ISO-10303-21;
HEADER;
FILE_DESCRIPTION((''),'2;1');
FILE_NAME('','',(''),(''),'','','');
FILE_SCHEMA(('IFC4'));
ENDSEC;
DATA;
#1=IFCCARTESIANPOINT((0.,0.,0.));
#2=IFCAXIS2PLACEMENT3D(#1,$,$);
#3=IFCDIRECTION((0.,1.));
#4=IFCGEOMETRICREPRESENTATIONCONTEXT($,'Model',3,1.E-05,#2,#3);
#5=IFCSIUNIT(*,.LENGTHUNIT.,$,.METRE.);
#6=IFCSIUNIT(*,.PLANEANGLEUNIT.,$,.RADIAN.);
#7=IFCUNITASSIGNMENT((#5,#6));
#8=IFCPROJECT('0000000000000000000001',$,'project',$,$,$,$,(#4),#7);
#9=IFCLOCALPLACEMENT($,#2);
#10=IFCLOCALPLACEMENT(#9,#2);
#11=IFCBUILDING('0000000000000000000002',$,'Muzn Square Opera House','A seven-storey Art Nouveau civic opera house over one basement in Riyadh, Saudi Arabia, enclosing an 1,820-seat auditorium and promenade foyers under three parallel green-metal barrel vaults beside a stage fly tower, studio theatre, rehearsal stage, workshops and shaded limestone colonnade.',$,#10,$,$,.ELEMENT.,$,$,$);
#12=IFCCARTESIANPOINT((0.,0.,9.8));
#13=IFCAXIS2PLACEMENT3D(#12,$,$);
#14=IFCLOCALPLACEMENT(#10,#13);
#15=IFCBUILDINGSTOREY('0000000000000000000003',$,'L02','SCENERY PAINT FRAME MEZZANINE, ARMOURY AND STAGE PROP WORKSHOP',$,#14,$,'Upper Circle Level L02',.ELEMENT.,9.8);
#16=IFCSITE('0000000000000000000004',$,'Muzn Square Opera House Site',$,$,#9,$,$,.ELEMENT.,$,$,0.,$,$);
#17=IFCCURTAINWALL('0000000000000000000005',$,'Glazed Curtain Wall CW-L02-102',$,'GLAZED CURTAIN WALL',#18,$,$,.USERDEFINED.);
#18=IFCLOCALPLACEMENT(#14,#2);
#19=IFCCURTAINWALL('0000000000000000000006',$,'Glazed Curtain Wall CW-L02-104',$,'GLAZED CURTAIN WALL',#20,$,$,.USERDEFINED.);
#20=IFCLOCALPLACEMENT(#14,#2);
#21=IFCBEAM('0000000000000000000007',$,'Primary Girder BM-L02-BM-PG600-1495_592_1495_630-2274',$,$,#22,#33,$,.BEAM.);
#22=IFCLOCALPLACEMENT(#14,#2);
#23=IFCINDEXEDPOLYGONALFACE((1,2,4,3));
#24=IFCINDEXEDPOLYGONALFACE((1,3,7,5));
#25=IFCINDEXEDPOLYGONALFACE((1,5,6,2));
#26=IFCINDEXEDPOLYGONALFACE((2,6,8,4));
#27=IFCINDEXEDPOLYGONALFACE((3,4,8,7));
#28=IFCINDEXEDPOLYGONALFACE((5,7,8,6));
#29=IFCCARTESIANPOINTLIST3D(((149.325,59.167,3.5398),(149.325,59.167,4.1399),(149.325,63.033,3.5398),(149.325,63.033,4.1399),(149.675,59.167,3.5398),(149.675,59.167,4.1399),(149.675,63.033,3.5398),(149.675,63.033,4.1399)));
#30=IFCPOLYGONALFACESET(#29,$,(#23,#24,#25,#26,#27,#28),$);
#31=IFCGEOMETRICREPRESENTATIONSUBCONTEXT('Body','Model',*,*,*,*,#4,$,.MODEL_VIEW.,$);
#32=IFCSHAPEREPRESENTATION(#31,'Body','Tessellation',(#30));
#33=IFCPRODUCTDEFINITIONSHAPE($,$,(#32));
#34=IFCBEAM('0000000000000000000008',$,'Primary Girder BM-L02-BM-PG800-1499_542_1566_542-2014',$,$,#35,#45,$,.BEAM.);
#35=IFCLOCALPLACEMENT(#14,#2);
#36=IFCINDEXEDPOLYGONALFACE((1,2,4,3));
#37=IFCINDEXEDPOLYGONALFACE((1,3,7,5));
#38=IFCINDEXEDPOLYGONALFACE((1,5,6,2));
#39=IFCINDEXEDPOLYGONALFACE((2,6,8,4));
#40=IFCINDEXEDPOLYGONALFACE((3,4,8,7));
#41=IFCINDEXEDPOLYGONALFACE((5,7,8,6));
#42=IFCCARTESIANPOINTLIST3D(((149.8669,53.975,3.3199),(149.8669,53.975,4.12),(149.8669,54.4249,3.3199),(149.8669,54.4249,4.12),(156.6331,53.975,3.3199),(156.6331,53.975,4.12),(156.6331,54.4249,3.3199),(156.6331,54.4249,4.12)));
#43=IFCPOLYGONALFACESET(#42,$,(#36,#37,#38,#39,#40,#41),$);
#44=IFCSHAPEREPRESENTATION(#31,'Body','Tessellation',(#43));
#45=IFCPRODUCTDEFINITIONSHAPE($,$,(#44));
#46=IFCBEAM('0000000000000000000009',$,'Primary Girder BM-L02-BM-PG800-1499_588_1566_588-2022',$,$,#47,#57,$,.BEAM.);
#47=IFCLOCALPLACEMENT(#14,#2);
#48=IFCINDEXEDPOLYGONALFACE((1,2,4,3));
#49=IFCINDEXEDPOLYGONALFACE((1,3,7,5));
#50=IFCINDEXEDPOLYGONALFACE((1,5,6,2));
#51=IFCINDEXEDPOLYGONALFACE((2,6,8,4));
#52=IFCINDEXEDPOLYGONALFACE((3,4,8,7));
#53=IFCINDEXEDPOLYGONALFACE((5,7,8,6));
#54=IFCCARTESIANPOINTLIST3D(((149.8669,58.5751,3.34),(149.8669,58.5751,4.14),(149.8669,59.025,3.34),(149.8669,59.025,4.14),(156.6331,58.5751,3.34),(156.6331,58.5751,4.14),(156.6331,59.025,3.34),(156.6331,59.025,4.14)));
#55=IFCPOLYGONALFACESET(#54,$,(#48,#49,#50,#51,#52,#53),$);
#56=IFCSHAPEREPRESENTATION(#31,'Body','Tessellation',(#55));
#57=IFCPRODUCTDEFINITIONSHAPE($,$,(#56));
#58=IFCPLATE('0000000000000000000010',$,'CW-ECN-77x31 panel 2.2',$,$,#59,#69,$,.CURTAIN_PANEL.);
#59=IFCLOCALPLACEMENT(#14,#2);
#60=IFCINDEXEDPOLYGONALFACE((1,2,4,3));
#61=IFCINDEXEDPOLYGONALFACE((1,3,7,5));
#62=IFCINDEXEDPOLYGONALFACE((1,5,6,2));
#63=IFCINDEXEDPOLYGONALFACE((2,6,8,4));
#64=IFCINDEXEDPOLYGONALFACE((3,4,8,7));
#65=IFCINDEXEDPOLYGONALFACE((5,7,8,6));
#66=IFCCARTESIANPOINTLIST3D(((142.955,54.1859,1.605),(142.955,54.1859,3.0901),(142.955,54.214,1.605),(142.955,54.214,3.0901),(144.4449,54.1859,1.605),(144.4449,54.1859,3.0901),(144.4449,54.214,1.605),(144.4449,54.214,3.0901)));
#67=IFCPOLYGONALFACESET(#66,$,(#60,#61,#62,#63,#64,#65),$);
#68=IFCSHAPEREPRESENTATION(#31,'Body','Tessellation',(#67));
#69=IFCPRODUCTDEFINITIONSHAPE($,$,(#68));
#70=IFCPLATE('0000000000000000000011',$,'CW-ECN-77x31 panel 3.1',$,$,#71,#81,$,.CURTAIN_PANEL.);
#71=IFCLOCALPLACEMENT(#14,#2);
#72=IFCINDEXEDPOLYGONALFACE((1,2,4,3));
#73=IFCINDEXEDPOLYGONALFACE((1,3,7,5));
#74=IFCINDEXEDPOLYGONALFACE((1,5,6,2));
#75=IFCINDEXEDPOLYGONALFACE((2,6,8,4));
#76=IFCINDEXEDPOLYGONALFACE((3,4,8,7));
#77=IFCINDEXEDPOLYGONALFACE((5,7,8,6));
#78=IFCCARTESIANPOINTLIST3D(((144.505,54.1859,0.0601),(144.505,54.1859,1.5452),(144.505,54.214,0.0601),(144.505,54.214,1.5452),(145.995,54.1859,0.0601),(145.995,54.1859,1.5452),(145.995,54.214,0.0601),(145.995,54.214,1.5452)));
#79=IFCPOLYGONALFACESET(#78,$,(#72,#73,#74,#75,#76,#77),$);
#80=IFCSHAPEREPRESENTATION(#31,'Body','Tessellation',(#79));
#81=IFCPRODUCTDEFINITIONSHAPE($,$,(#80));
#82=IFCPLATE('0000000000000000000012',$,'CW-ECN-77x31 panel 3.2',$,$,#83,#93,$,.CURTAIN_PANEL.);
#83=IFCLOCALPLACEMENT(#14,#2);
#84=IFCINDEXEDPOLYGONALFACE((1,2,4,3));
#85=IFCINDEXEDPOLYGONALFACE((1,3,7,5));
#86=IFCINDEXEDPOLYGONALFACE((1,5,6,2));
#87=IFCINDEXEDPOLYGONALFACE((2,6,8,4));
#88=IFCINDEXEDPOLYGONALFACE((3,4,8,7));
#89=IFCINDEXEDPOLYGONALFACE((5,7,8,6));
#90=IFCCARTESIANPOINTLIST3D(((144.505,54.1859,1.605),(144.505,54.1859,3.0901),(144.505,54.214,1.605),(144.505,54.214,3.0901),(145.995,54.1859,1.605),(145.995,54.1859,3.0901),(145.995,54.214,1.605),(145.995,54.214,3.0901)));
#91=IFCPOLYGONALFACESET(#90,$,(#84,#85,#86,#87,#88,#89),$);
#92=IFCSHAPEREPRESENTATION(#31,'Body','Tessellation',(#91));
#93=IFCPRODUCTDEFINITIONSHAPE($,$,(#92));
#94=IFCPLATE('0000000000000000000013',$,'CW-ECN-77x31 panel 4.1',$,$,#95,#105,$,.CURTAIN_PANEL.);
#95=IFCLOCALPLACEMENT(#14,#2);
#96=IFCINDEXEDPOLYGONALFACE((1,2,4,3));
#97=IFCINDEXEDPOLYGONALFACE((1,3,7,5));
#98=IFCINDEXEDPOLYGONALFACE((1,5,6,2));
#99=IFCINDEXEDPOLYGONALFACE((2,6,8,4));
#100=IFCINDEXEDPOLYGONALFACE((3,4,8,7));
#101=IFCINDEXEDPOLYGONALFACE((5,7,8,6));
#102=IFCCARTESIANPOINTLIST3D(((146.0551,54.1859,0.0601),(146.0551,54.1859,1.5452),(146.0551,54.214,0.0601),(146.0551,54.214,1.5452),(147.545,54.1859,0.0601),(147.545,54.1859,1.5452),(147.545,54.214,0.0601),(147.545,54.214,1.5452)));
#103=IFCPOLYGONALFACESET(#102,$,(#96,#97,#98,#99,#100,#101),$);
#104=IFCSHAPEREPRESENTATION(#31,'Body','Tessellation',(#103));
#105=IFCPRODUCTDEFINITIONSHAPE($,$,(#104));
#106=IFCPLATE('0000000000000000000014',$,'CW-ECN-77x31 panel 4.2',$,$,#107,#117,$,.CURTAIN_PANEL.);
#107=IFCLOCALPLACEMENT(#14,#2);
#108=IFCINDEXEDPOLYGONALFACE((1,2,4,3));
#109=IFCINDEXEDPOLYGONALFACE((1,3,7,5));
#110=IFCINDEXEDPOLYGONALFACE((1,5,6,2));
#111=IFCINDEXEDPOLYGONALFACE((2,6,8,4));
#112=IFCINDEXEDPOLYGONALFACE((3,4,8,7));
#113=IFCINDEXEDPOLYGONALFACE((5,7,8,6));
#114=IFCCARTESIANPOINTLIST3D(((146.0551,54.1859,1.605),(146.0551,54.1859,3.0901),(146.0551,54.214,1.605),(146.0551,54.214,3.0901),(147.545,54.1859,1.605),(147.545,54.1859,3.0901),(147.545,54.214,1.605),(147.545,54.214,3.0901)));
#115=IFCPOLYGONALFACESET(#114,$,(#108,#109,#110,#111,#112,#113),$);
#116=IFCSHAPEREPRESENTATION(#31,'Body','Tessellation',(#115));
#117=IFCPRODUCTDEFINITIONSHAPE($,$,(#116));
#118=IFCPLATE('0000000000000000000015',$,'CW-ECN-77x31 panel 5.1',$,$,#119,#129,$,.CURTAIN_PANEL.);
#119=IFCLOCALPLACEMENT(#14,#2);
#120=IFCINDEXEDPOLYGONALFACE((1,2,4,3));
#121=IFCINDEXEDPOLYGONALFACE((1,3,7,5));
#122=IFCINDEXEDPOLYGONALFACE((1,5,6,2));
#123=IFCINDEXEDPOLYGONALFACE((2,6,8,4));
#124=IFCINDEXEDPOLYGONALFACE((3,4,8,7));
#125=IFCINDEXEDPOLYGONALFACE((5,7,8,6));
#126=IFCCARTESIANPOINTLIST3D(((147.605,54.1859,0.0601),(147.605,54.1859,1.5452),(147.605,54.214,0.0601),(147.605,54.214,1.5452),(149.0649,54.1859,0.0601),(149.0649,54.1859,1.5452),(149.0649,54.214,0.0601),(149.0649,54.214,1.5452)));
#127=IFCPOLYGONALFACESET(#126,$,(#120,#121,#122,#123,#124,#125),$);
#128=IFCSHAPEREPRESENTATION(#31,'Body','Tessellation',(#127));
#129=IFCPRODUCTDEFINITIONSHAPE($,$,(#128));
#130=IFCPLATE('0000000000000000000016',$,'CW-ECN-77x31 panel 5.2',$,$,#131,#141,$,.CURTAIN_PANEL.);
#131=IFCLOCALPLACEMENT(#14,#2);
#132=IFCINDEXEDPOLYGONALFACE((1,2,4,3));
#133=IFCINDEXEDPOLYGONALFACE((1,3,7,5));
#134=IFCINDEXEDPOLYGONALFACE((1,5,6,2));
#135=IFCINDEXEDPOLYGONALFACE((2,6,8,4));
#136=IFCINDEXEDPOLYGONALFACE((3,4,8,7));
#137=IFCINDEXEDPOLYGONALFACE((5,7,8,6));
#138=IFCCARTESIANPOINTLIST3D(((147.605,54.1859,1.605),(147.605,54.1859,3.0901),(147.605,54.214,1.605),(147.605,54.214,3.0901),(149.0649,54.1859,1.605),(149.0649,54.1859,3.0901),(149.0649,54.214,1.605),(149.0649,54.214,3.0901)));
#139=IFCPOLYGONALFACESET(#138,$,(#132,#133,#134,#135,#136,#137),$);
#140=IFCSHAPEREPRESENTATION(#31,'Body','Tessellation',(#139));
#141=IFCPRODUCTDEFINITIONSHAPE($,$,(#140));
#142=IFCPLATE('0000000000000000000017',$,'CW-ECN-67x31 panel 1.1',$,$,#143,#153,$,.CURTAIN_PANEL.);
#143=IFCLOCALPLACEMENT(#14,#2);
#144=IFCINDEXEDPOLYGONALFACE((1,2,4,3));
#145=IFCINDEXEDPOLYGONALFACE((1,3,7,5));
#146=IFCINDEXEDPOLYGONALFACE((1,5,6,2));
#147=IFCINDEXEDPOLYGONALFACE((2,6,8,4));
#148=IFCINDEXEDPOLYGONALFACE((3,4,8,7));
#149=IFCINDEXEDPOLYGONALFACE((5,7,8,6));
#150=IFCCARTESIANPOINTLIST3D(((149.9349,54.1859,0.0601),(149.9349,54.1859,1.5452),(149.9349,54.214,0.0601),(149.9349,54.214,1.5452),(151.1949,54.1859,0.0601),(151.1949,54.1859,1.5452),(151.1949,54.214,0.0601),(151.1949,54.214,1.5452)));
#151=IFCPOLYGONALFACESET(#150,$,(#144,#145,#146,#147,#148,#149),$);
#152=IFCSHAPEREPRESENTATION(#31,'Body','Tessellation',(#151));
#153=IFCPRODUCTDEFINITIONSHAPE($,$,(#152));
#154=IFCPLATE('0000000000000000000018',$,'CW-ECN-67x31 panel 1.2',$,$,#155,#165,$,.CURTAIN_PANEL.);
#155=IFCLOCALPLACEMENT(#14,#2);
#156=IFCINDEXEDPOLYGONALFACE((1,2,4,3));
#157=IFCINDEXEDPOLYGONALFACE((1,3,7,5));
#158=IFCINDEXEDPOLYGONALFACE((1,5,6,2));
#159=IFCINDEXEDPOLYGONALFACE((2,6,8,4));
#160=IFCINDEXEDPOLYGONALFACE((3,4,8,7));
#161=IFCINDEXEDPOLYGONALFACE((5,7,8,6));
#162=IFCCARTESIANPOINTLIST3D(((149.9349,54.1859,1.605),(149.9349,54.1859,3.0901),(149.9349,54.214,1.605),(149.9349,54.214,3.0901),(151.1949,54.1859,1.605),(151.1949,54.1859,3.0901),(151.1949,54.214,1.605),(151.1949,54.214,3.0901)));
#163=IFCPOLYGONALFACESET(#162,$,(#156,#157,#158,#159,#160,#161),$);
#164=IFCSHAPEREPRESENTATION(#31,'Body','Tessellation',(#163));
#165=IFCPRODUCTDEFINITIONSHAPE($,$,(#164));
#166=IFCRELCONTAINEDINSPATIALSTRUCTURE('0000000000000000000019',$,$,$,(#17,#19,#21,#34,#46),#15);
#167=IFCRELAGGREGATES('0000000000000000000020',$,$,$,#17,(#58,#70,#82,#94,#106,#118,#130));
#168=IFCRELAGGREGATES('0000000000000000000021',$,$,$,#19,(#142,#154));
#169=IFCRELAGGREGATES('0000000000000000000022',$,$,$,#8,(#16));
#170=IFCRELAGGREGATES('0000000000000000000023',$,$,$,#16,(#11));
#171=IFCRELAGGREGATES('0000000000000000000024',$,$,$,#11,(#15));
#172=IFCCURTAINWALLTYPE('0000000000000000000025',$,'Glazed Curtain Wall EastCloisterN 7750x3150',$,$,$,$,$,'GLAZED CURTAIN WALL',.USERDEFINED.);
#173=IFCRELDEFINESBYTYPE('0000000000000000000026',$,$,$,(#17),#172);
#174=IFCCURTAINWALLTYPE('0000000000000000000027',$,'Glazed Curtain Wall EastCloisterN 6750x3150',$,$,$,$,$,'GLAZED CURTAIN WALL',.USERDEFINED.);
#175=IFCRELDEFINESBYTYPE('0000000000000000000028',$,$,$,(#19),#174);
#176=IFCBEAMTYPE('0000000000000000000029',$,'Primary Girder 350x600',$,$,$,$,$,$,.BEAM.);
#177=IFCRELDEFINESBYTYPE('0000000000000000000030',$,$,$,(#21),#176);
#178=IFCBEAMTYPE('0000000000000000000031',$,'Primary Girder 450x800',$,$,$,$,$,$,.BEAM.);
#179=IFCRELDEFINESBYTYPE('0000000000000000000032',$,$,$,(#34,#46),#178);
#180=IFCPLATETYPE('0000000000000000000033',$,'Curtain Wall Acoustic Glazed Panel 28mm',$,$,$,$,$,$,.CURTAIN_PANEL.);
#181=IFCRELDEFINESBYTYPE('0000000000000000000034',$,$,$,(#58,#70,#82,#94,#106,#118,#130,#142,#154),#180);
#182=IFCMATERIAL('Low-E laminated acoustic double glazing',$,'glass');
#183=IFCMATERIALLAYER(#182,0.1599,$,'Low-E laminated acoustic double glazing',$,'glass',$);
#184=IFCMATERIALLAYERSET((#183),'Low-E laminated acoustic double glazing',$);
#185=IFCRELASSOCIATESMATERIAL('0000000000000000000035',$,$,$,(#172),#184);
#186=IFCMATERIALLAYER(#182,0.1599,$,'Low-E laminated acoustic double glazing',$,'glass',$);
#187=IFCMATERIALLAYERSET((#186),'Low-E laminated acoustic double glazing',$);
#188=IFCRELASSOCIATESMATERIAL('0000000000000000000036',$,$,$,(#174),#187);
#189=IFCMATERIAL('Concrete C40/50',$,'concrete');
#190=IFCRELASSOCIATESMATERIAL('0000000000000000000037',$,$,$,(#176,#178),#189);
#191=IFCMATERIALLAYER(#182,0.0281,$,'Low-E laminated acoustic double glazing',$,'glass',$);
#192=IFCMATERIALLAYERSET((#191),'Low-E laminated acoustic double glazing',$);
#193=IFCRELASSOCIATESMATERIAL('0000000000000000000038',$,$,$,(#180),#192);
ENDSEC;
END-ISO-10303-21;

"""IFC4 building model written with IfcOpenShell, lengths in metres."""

from ifc_helpers import new_model, si_unit, direction, frame, origin, origin_2d, place, context, subcontext, project, spatial, rectangle, extrude, material, layer, layer_set, material_profile, profile_set, type_object, element, aggregate, save


model = new_model("IFC4")

# Units and contexts
model_context = context("Model", 3, precision=1e-05, world=origin(), true_north=direction((0.0, 1.0)))
body_context = subcontext(model_context, "Body", "Model", "MODEL_VIEW")
ifc_project = project(units=[si_unit("LENGTHUNIT", "METRE"), si_unit("PLANEANGLEUNIT", "RADIAN")], contexts=[model_context])

# Site, building, storey
site_placement = place(None, origin())
site = spatial("IfcSite", under=ifc_project, at=site_placement, Name="Muzn Square Opera House Site", CompositionType="ELEMENT", RefElevation=0.0)
building_placement = place(site_placement, origin())
building = spatial("IfcBuilding", under=site, at=building_placement, Name="Muzn Square Opera House", Description="A seven-storey Art Nouveau civic opera house over one basement in Riyadh, Saudi Arabia, enclosing an 1,820-seat auditorium and promenade foyers under three parallel green-metal barrel vaults beside a stage fly tower, studio theatre, rehearsal stage, workshops and shaded limestone colonnade.", CompositionType="ELEMENT")
storey_placement = place(building_placement, frame((0.0, 0.0, 9.8)))
storey = spatial("IfcBuildingStorey", under=building, at=storey_placement, Name="L02", Description="SCENERY PAINT FRAME MEZZANINE, ARMOURY AND STAGE PROP WORKSHOP", LongName="Upper Circle Level L02", CompositionType="ELEMENT", Elevation=9.8)

# Curtain walls
ifc_material_1 = material(Name="Low-E laminated acoustic double glazing", Category="glass")
ifc_layer_1 = layer(ifc_material_1, 0.1599, Name="Low-E laminated acoustic double glazing", Category="glass")
ifc_layer_set_1 = layer_set([ifc_layer_1], Name="Low-E laminated acoustic double glazing")
curtain_wall_type_1 = type_object("IfcCurtainWallType", Name="Glazed Curtain Wall EastCloisterN 7750x3150", ElementType="GLAZED CURTAIN WALL", PredefinedType="USERDEFINED", material=ifc_layer_set_1)
curtain_wall_1_placement = place(storey_placement, origin())
curtain_wall_1 = element("IfcCurtainWall", 1, at=curtain_wall_1_placement, inside=storey, type_object=curtain_wall_type_1, Name="Glazed Curtain Wall CW-L02-102", ObjectType="GLAZED CURTAIN WALL", PredefinedType="USERDEFINED")
ifc_layer_2 = layer(ifc_material_1, 0.1599, Name="Low-E laminated acoustic double glazing", Category="glass")
ifc_layer_set_2 = layer_set([ifc_layer_2], Name="Low-E laminated acoustic double glazing")
curtain_wall_type_2 = type_object("IfcCurtainWallType", Name="Glazed Curtain Wall EastCloisterN 6750x3150", ElementType="GLAZED CURTAIN WALL", PredefinedType="USERDEFINED", material=ifc_layer_set_2)
curtain_wall_2_placement = place(storey_placement, origin())
curtain_wall_2 = element("IfcCurtainWall", 2, at=curtain_wall_2_placement, inside=storey, type_object=curtain_wall_type_2, Name="Glazed Curtain Wall CW-L02-104", ObjectType="GLAZED CURTAIN WALL", PredefinedType="USERDEFINED")

# Beams
ifc_material_2 = material(Name="Concrete C40/50", Category="concrete")
ifc_material_profile_1 = material_profile(ifc_material_2, rectangle(XDim=0.3501, YDim=0.6001, at=origin_2d()), Name="RCB 350x600", Category="concrete")
ifc_profile_set_1 = profile_set([ifc_material_profile_1], Name="Concrete C40/50")
beam_type_1 = type_object("IfcBeamType", Name="Primary Girder 350x600", PredefinedType="BEAM", material=ifc_profile_set_1)
beam_1_placement = place(storey_placement, frame((149.5, 59.167, 3.8398), z_axis=(0.0, 1.0, 0.0), x_axis=(-1.0, 0.0, 0.0)))
element("IfcBeam", 3, at=beam_1_placement, inside=storey, type_object=beam_type_1, Name="Primary Girder BM-L02-BM-PG600-1495_592_1495_630-2274", PredefinedType="BEAM", context=body_context, shape_type="SweptSolid", body=[
    extrude(rectangle(XDim=0.3501, YDim=0.6001, at=origin_2d()), origin(), (0.0, 0.0, 1.0), 3.866),
])
ifc_material_profile_2 = material_profile(ifc_material_2, rectangle(XDim=0.45, YDim=0.8, at=origin_2d()), Name="RCB 450x800", Category="concrete")
ifc_profile_set_2 = profile_set([ifc_material_profile_2], Name="Concrete C40/50")
beam_type_2 = type_object("IfcBeamType", Name="Primary Girder 450x800", PredefinedType="BEAM", material=ifc_profile_set_2)
for number, where, z_axis, x_axis, name in (
    (4, (149.8669, 54.2, 3.72), (1.0, 0.0, 0.0), (0.0, 1.0, 0.0), "Primary Girder BM-L02-BM-PG800-1499_542_1566_542-2014"),
    (5, (149.8669, 58.8, 3.74), (1.0, 0.0, 0.0), (0.0, 1.0, 0.0), "Primary Girder BM-L02-BM-PG800-1499_588_1566_588-2022"),
):
    element("IfcBeam", number, at=place(storey_placement, frame(where, z_axis=z_axis, x_axis=x_axis)), inside=storey, type_object=beam_type_2, Name=name, PredefinedType="BEAM", context=body_context, shape_type="SweptSolid", body=[
        extrude(rectangle(XDim=0.45, YDim=0.8, at=origin_2d()), origin(), (0.0, 0.0, 1.0), 6.7661),
    ])

# Plates
ifc_layer_3 = layer(ifc_material_1, 0.0281, Name="Low-E laminated acoustic double glazing", Category="glass")
ifc_layer_set_3 = layer_set([ifc_layer_3], Name="Low-E laminated acoustic double glazing")
plate_type = type_object("IfcPlateType", Name="Curtain Wall Acoustic Glazed Panel 28mm", PredefinedType="CURTAIN_PANEL", material=ifc_layer_set_3)
plate_1_placement = place(storey_placement, frame((143.7, 54.2, 1.605), z_axis=(0.0, 0.0, 1.0), x_axis=(1.0, 0.0, 0.0)))
plate_1 = element("IfcPlate", 6, at=plate_1_placement, type_object=plate_type, Name="CW-ECN-77x31 panel 2.2", PredefinedType="CURTAIN_PANEL", context=body_context, shape_type="SweptSolid", body=[
    extrude(rectangle(XDim=1.49, YDim=0.0281, at=origin_2d()), origin(), (0.0, 0.0, 1.0), 1.4851),
])
plate_2_placement = place(storey_placement, frame((145.25, 54.2, 0.0601), z_axis=(0.0, 0.0, 1.0), x_axis=(1.0, 0.0, 0.0)))
plate_2 = element("IfcPlate", 7, at=plate_2_placement, type_object=plate_type, Name="CW-ECN-77x31 panel 3.1", PredefinedType="CURTAIN_PANEL", context=body_context, shape_type="SweptSolid", body=[
    extrude(rectangle(XDim=1.49, YDim=0.0281, at=origin_2d()), origin(), (0.0, 0.0, 1.0), 1.4851),
])
plate_3_placement = place(storey_placement, frame((145.25, 54.2, 1.605), z_axis=(0.0, 0.0, 1.0), x_axis=(1.0, 0.0, 0.0)))
plate_3 = element("IfcPlate", 8, at=plate_3_placement, type_object=plate_type, Name="CW-ECN-77x31 panel 3.2", PredefinedType="CURTAIN_PANEL", context=body_context, shape_type="SweptSolid", body=[
    extrude(rectangle(XDim=1.49, YDim=0.0281, at=origin_2d()), origin(), (0.0, 0.0, 1.0), 1.4851),
])
plate_4_placement = place(storey_placement, frame((146.8, 54.2, 0.0601), z_axis=(0.0, 0.0, 1.0), x_axis=(1.0, 0.0, 0.0)))
plate_4 = element("IfcPlate", 9, at=plate_4_placement, type_object=plate_type, Name="CW-ECN-77x31 panel 4.1", PredefinedType="CURTAIN_PANEL", context=body_context, shape_type="SweptSolid", body=[
    extrude(rectangle(XDim=1.49, YDim=0.0281, at=origin_2d()), origin(), (0.0, 0.0, 1.0), 1.4851),
])
plate_5_placement = place(storey_placement, frame((146.8, 54.2, 1.605), z_axis=(0.0, 0.0, 1.0), x_axis=(1.0, 0.0, 0.0)))
plate_5 = element("IfcPlate", 10, at=plate_5_placement, type_object=plate_type, Name="CW-ECN-77x31 panel 4.2", PredefinedType="CURTAIN_PANEL", context=body_context, shape_type="SweptSolid", body=[
    extrude(rectangle(XDim=1.49, YDim=0.0281, at=origin_2d()), origin(), (0.0, 0.0, 1.0), 1.4851),
])
plate_6_placement = place(storey_placement, frame((148.335, 54.2, 0.0601), z_axis=(0.0, 0.0, 1.0), x_axis=(1.0, 0.0, 0.0)))
plate_6 = element("IfcPlate", 11, at=plate_6_placement, type_object=plate_type, Name="CW-ECN-77x31 panel 5.1", PredefinedType="CURTAIN_PANEL", context=body_context, shape_type="SweptSolid", body=[
    extrude(rectangle(XDim=1.46, YDim=0.0281, at=origin_2d()), origin(), (0.0, 0.0, 1.0), 1.4851),
])
plate_7_placement = place(storey_placement, frame((148.335, 54.2, 1.605), z_axis=(0.0, 0.0, 1.0), x_axis=(1.0, 0.0, 0.0)))
plate_7 = element("IfcPlate", 12, at=plate_7_placement, type_object=plate_type, Name="CW-ECN-77x31 panel 5.2", PredefinedType="CURTAIN_PANEL", context=body_context, shape_type="SweptSolid", body=[
    extrude(rectangle(XDim=1.46, YDim=0.0281, at=origin_2d()), origin(), (0.0, 0.0, 1.0), 1.4851),
])
aggregate(curtain_wall_1, [plate_1, plate_2, plate_3, plate_4, plate_5, plate_6, plate_7])
plate_8_placement = place(storey_placement, frame((150.5649, 54.2, 0.0601), z_axis=(0.0, 0.0, 1.0), x_axis=(1.0, 0.0, 0.0)))
plate_8 = element("IfcPlate", 13, at=plate_8_placement, type_object=plate_type, Name="CW-ECN-67x31 panel 1.1", PredefinedType="CURTAIN_PANEL", context=body_context, shape_type="SweptSolid", body=[
    extrude(rectangle(XDim=1.26, YDim=0.0281, at=origin_2d()), origin(), (0.0, 0.0, 1.0), 1.4851),
])
plate_9_placement = place(storey_placement, frame((150.5649, 54.2, 1.605), z_axis=(0.0, 0.0, 1.0), x_axis=(1.0, 0.0, 0.0)))
plate_9 = element("IfcPlate", 14, at=plate_9_placement, type_object=plate_type, Name="CW-ECN-67x31 panel 1.2", PredefinedType="CURTAIN_PANEL", context=body_context, shape_type="SweptSolid", body=[
    extrude(rectangle(XDim=1.26, YDim=0.0281, at=origin_2d()), origin(), (0.0, 0.0, 1.0), 1.4851),
])
aggregate(curtain_wall_2, [plate_8, plate_9])

save(model, "model.ifc")
